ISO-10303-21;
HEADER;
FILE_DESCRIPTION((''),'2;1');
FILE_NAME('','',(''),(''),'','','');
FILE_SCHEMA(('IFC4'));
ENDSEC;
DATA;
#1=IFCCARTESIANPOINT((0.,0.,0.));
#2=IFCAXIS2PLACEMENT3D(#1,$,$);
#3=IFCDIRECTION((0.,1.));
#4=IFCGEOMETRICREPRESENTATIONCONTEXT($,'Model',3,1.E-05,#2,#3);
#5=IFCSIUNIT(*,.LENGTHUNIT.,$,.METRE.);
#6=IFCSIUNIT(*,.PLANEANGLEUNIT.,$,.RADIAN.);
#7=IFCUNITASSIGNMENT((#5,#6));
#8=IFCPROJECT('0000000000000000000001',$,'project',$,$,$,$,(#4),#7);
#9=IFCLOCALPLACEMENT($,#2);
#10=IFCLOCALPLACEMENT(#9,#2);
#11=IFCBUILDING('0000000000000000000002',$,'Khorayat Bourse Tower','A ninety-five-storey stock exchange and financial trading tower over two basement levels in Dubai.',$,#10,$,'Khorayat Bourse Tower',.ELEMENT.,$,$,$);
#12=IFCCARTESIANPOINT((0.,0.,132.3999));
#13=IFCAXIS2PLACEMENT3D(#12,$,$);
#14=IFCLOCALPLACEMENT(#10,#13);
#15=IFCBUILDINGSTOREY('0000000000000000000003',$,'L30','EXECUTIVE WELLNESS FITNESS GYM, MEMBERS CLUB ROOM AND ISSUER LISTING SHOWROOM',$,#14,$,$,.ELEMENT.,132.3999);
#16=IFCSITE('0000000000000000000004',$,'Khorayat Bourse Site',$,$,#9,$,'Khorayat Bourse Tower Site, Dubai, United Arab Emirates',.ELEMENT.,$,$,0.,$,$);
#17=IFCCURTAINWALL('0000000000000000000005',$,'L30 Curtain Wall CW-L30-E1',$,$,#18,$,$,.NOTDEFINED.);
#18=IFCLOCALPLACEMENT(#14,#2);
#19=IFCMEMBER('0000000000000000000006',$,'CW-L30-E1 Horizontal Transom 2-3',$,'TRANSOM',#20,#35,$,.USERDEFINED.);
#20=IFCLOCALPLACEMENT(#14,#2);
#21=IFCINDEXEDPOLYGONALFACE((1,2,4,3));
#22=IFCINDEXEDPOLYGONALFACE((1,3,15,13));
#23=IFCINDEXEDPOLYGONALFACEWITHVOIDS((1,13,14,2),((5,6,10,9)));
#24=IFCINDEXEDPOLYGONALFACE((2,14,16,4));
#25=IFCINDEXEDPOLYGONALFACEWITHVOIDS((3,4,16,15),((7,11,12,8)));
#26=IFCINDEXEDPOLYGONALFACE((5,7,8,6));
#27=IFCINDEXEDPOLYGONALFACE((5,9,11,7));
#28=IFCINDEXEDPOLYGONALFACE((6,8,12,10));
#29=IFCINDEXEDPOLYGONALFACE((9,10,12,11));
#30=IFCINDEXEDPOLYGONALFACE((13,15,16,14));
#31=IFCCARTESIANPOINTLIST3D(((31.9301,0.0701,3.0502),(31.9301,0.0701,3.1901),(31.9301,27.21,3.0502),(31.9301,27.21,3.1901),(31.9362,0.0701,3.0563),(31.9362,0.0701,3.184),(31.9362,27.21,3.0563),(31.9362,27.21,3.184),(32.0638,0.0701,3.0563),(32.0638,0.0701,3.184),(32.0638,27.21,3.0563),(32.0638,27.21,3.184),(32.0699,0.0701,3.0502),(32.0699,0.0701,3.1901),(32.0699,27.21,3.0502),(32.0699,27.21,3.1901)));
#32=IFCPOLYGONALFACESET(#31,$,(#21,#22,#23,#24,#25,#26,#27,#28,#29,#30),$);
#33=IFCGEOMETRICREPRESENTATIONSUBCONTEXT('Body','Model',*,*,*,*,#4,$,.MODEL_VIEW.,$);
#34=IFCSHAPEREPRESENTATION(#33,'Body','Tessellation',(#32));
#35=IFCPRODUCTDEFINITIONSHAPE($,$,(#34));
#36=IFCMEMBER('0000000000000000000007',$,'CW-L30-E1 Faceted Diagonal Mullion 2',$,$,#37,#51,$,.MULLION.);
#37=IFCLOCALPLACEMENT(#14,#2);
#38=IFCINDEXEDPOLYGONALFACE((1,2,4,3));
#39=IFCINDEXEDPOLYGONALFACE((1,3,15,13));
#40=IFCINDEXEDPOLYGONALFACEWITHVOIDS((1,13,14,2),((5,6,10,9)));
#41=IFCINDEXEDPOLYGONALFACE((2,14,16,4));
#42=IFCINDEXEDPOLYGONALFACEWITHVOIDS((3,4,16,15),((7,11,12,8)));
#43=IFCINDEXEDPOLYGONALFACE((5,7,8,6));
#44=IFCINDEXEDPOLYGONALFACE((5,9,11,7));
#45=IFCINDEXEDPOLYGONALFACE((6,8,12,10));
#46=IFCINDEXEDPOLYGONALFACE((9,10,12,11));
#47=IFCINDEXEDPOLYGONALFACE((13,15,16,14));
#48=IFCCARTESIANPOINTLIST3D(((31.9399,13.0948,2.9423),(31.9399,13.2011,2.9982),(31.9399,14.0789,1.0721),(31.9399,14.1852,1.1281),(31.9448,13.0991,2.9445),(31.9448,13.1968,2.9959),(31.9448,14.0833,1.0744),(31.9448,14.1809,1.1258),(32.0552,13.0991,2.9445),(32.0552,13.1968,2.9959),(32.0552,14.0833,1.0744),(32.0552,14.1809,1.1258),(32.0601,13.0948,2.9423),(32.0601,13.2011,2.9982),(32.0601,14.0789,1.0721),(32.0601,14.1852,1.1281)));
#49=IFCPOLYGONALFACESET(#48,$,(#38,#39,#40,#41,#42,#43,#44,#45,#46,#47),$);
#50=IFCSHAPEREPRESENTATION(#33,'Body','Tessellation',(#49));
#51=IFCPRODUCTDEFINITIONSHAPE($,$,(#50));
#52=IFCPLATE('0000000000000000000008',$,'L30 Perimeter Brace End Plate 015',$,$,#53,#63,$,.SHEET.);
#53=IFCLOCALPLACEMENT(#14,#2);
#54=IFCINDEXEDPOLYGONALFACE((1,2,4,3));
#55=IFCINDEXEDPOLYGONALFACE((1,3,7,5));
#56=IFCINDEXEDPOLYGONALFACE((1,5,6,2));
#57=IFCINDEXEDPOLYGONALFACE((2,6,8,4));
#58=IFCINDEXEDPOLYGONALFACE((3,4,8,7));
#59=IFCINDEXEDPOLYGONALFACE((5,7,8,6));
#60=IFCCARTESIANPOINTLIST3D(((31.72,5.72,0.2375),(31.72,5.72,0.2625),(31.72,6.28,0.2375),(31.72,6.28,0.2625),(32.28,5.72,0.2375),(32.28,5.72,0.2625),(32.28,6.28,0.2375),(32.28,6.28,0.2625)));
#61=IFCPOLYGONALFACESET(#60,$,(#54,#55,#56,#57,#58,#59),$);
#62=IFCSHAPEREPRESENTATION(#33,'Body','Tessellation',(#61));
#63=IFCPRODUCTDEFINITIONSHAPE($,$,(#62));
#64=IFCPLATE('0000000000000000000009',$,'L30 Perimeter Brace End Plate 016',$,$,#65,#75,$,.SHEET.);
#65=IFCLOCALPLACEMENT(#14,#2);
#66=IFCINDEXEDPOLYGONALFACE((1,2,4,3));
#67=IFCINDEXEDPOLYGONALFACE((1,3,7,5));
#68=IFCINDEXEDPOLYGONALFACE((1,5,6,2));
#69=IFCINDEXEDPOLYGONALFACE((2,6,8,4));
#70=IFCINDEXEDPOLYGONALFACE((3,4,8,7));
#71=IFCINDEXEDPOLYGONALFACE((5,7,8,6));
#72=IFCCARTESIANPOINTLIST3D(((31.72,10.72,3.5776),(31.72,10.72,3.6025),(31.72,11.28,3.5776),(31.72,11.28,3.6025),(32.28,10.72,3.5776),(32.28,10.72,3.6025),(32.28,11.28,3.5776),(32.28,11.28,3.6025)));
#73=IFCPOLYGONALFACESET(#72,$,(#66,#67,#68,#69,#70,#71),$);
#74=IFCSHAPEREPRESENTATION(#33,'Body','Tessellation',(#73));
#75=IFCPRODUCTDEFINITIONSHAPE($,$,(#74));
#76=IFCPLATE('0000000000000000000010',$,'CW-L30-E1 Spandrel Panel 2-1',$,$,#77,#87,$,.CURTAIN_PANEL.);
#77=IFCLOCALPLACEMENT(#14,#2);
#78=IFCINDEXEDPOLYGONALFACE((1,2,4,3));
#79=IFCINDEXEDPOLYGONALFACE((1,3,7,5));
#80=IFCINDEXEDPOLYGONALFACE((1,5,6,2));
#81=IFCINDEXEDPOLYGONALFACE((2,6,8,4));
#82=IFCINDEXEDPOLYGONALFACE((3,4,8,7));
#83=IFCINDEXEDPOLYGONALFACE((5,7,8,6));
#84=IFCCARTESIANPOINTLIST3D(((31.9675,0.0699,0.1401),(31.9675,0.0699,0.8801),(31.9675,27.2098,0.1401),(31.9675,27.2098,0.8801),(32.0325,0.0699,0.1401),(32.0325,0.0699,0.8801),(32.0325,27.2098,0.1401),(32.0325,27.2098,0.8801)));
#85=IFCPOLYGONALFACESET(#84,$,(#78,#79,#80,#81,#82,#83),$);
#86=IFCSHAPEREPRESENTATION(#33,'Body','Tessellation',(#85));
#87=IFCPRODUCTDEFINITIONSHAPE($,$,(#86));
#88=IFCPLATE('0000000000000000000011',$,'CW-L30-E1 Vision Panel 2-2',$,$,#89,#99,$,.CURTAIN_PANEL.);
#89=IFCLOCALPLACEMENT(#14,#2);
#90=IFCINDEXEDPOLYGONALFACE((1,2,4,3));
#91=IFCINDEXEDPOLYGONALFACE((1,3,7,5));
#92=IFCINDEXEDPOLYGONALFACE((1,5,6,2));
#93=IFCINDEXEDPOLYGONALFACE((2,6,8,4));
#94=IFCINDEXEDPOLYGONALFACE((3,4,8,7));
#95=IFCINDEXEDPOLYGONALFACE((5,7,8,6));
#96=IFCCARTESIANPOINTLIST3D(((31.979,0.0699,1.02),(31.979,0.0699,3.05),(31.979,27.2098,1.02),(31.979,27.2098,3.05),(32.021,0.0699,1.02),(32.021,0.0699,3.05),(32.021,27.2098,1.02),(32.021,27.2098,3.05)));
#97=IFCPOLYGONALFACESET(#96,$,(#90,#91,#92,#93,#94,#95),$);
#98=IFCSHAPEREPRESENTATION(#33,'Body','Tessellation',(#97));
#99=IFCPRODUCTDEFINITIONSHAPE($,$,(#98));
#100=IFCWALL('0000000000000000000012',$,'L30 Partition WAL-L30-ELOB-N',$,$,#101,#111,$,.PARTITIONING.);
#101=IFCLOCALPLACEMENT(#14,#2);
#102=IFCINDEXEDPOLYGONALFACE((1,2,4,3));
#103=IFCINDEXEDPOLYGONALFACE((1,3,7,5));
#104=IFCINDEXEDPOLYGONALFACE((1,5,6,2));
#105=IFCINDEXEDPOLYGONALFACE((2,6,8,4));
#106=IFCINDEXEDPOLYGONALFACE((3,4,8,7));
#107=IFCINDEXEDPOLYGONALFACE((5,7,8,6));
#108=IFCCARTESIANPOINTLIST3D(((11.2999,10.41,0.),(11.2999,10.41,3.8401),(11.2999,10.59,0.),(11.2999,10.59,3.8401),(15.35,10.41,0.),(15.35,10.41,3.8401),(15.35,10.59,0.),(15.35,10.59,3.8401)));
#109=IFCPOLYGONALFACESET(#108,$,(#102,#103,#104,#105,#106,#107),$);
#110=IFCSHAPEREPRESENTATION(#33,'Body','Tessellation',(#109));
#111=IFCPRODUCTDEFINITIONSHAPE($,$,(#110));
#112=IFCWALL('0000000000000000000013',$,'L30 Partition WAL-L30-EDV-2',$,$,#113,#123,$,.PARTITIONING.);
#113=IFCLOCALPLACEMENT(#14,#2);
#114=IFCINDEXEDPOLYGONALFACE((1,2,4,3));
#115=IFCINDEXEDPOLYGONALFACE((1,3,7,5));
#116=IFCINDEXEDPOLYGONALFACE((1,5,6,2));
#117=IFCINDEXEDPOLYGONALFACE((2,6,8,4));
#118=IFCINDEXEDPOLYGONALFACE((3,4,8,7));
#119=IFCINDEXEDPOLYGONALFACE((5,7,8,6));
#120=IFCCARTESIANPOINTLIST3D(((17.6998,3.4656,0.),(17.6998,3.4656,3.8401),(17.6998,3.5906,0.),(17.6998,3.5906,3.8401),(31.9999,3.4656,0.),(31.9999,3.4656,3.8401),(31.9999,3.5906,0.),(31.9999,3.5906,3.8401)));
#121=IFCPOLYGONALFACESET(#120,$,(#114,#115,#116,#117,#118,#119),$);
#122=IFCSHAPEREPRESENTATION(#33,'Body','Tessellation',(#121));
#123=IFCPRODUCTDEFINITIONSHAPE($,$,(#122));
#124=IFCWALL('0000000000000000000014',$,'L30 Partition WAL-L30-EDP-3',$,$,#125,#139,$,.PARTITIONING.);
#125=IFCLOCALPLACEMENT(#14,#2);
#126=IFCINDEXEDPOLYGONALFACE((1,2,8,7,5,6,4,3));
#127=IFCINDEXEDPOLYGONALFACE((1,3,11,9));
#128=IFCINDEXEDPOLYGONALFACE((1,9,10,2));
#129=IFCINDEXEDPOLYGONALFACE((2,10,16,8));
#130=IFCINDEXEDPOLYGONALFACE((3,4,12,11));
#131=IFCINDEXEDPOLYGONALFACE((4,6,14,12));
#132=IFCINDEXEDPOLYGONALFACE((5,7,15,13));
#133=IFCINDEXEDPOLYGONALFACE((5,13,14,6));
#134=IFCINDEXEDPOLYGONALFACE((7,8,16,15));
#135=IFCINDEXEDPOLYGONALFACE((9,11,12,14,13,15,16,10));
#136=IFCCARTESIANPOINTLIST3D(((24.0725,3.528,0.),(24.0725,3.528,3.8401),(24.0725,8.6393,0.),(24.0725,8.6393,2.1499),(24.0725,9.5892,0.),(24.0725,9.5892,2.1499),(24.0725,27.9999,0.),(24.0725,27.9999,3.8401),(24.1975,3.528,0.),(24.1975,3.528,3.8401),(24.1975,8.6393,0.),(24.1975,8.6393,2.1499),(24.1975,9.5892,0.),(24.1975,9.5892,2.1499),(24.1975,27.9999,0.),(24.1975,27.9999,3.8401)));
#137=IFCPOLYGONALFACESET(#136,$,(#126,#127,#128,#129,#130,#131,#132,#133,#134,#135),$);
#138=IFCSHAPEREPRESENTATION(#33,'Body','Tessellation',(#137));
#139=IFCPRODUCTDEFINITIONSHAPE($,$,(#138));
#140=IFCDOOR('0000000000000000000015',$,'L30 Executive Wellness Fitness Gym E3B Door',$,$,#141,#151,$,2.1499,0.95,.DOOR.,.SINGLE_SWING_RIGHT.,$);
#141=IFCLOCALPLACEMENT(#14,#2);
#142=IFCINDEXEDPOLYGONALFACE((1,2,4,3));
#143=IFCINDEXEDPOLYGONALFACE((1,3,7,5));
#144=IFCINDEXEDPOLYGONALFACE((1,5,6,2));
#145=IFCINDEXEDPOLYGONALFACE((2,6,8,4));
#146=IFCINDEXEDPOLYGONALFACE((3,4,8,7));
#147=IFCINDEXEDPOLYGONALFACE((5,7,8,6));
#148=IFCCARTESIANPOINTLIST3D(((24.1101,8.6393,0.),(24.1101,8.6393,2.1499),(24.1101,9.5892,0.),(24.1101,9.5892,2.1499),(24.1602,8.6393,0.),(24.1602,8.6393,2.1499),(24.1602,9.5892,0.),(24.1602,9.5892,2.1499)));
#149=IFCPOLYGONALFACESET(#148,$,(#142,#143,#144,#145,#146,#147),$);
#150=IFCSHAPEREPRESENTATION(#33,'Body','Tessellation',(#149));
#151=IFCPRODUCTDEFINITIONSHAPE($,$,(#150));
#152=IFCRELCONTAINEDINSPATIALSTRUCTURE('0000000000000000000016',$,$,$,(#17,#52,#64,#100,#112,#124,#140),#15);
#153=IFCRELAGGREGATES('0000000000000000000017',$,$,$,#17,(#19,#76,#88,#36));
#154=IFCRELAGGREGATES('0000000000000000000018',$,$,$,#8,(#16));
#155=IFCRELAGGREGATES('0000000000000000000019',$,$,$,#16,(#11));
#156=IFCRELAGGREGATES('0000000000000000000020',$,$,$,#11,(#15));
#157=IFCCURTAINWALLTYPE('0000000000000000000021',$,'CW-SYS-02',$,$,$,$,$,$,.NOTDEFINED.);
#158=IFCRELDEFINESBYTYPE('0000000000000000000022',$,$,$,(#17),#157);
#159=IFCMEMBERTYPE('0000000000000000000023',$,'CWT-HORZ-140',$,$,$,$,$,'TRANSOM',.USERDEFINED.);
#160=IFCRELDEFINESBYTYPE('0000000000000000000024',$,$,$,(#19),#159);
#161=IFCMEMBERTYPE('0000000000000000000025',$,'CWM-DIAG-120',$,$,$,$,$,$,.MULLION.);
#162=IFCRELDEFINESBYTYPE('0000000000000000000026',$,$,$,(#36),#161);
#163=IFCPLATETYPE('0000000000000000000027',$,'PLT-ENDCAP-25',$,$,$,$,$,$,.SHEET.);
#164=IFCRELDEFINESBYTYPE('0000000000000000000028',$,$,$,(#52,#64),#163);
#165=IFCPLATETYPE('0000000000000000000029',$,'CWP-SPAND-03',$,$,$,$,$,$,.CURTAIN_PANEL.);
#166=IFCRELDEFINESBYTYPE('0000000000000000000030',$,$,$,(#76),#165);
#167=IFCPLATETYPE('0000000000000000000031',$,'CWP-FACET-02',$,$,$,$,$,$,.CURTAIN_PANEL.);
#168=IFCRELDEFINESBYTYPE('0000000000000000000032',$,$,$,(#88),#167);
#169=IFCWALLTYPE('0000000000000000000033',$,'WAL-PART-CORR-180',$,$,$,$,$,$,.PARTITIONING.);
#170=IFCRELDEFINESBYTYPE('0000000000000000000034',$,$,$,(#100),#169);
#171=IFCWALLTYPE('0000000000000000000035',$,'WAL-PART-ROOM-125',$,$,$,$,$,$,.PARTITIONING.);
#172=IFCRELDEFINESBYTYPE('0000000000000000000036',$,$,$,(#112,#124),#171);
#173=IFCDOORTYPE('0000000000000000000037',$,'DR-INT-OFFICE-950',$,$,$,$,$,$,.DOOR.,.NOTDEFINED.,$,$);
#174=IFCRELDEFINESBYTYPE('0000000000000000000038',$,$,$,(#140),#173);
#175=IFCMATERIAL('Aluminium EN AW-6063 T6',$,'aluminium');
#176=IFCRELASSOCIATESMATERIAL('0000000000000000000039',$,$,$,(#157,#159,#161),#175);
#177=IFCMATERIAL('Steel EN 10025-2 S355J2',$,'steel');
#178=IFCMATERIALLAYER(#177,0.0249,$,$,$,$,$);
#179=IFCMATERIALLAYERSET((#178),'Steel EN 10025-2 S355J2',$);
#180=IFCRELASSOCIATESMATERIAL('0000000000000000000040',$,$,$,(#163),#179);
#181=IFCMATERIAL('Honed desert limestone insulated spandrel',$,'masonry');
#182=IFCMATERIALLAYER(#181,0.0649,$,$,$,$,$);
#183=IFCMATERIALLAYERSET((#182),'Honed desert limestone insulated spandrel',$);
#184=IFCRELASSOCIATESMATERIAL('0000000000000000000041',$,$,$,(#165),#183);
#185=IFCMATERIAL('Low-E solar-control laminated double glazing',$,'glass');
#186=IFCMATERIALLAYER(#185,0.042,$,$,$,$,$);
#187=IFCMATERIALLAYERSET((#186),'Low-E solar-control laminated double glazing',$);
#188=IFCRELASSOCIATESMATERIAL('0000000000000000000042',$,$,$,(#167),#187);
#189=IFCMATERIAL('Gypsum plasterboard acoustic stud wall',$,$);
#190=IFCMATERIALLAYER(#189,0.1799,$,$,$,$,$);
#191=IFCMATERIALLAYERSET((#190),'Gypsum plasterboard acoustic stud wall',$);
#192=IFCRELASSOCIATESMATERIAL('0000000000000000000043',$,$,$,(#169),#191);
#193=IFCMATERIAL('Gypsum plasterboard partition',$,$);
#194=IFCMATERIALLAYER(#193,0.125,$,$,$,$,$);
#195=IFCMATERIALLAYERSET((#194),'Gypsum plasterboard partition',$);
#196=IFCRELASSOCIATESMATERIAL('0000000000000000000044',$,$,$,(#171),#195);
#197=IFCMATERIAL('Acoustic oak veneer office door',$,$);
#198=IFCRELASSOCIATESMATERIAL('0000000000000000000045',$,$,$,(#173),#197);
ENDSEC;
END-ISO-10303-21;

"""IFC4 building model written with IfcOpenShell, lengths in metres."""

from ifc_helpers import new_model, si_unit, direction, frame, frame_2d, origin, origin_2d, place, context, subcontext, project, spatial, rectangle, hollow_rectangle, extrude, source, transform, mapped, material, layer, layer_set, material_profile, profile_set, type_object, element, fill, aggregate, save


model = new_model("IFC4")

# Units and contexts
model_context = context("Model", 3, precision=1e-05, world=origin(), true_north=direction((0.0, 1.0)))
body_context = subcontext(model_context, "Body", "Model", "MODEL_VIEW")
ifc_project = project(units=[si_unit("LENGTHUNIT", "METRE"), si_unit("PLANEANGLEUNIT", "RADIAN")], contexts=[model_context])

# Site, building, storey
site_placement = place(None, origin())
site = spatial("IfcSite", under=ifc_project, at=site_placement, Name="Khorayat Bourse Site", LongName="Khorayat Bourse Tower Site, Dubai, United Arab Emirates", CompositionType="ELEMENT", RefElevation=0.0)
building_placement = place(site_placement, origin())
building = spatial("IfcBuilding", under=site, at=building_placement, Name="Khorayat Bourse Tower", Description="A ninety-five-storey stock exchange and financial trading tower over two basement levels in Dubai.", LongName="Khorayat Bourse Tower", CompositionType="ELEMENT")
storey_placement = place(building_placement, frame((0.0, 0.0, 132.3999)))
storey = spatial("IfcBuildingStorey", under=building, at=storey_placement, Name="L30", Description="EXECUTIVE WELLNESS FITNESS GYM, MEMBERS CLUB ROOM AND ISSUER LISTING SHOWROOM", CompositionType="ELEMENT", Elevation=132.3999)

# Curtain wall, members
ifc_material_1 = material(Name="Aluminium EN AW-6063 T6", Category="aluminium")
curtain_wall_type = type_object("IfcCurtainWallType", Name="CW-SYS-02", PredefinedType="NOTDEFINED", material=ifc_material_1)
curtain_wall_placement = place(storey_placement, origin())
curtain_wall = element("IfcCurtainWall", 1, at=curtain_wall_placement, inside=storey, type_object=curtain_wall_type, Name="L30 Curtain Wall CW-L30-E1", PredefinedType="NOTDEFINED")
ifc_material_profile_1 = material_profile(ifc_material_1, hollow_rectangle(XDim=0.1399, YDim=0.1399, WallThickness=0.0061, at=origin_2d()), Name="ALU 140x140x6")
ifc_profile_set_1 = profile_set([ifc_material_profile_1], Name="Aluminium EN AW-6063 T6")
member_type_1 = type_object("IfcMemberType", Name="CWT-HORZ-140", ElementType="TRANSOM", PredefinedType="USERDEFINED", material=ifc_profile_set_1)
shared_shape_1 = source(origin(), body_context, "Body", "SweptSolid", [
    extrude(hollow_rectangle(XDim=0.1399, YDim=0.1399, WallThickness=0.0061, at=origin_2d()), origin(), (0.0, 0.0, 1.0), 27.1399),
])
member_1_placement = place(storey_placement, frame((32.0, 0.0701, 3.1201), z_axis=(0.0, 1.0, 0.0), x_axis=(-1.0, 0.0, 0.0)))
member_1 = element("IfcMember", 2, at=member_1_placement, type_object=member_type_1, Name="CW-L30-E1 Horizontal Transom 2-3", ObjectType="TRANSOM", PredefinedType="USERDEFINED", context=body_context, shape_type="MappedRepresentation", body=[
    mapped(shared_shape_1, transform((0.0, 0.0, 0.0), scale=1.0)),
])
ifc_material_profile_2 = material_profile(ifc_material_1, hollow_rectangle(XDim=0.1201, YDim=0.1201, WallThickness=0.0049, at=origin_2d()), Name="ALU 120x120x5")
ifc_profile_set_2 = profile_set([ifc_material_profile_2], Name="Aluminium EN AW-6063 T6")
member_type_2 = type_object("IfcMemberType", Name="CWM-DIAG-120", PredefinedType="MULLION", material=ifc_profile_set_2)
shared_shape_2 = source(origin(), body_context, "Body", "SweptSolid", [
    extrude(hollow_rectangle(XDim=0.1201, YDim=0.1201, WallThickness=0.0049, at=origin_2d()), origin(), (0.0, 0.0, 1.0), 2.1133),
])
member_2_placement = place(storey_placement, frame((32.0, 14.1321, 1.1001), z_axis=(0.0, -0.465694, 0.884946), x_axis=(1.0, 0.0, 0.0)))
member_2 = element("IfcMember", 3, at=member_2_placement, type_object=member_type_2, Name="CW-L30-E1 Faceted Diagonal Mullion 2", PredefinedType="MULLION", context=body_context, shape_type="MappedRepresentation", body=[
    mapped(shared_shape_2, transform((0.0, 0.0, 0.0), scale=1.0)),
])

# Plates
ifc_material_2 = material(Name="Steel EN 10025-2 S355J2", Category="steel")
ifc_layer_1 = layer(ifc_material_2, 0.0249)
ifc_layer_set_1 = layer_set([ifc_layer_1], Name="Steel EN 10025-2 S355J2")
plate_type_1 = type_object("IfcPlateType", Name="PLT-ENDCAP-25", PredefinedType="SHEET", material=ifc_layer_set_1)
shared_shape_3 = source(origin(), body_context, "Body", "SweptSolid", [
    extrude(rectangle(XDim=0.5601, YDim=0.5601, at=origin_2d()), origin(), (0.0, 0.0, 1.0), 0.0249),
])
for number, where, z_axis, x_axis, name in (
    (4, (32.0, 6.0, 0.2375), (0.0, 0.0, 1.0), (1.0, 0.0, 0.0), "L30 Perimeter Brace End Plate 015"),
    (5, (32.0, 11.0, 3.5776), (0.0, 0.0, 1.0), (1.0, 0.0, 0.0), "L30 Perimeter Brace End Plate 016"),
):
    element("IfcPlate", number, at=place(storey_placement, frame(where, z_axis=z_axis, x_axis=x_axis)), inside=storey, type_object=plate_type_1, Name=name, PredefinedType="SHEET", context=body_context, shape_type="MappedRepresentation", body=[
        mapped(shared_shape_3, transform((0.0, 0.0, 0.0), scale=1.0)),
    ])

# Plates
ifc_material_3 = material(Name="Honed desert limestone insulated spandrel", Category="masonry")
ifc_layer_2 = layer(ifc_material_3, 0.0649)
ifc_layer_set_2 = layer_set([ifc_layer_2], Name="Honed desert limestone insulated spandrel")
plate_type_2 = type_object("IfcPlateType", Name="CWP-SPAND-03", PredefinedType="CURTAIN_PANEL", material=ifc_layer_set_2)
shared_shape_4 = source(origin(), body_context, "Body", "SweptSolid", [
    extrude(rectangle(XDim=27.1399, YDim=0.0649, at=origin_2d()), origin(), (0.0, 0.0, 1.0), 0.74),
])
plate_1_placement = place(storey_placement, frame((32.0, 13.6399, 0.1401), z_axis=(0.0, 0.0, 1.0), x_axis=(0.0, 1.0, 0.0)))
plate_1 = element("IfcPlate", 6, at=plate_1_placement, type_object=plate_type_2, Name="CW-L30-E1 Spandrel Panel 2-1", PredefinedType="CURTAIN_PANEL", context=body_context, shape_type="MappedRepresentation", body=[
    mapped(shared_shape_4, transform((0.0, 0.0, 0.0), scale=1.0)),
])
ifc_material_4 = material(Name="Low-E solar-control laminated double glazing", Category="glass")
ifc_layer_3 = layer(ifc_material_4, 0.042)
ifc_layer_set_3 = layer_set([ifc_layer_3], Name="Low-E solar-control laminated double glazing")
plate_type_3 = type_object("IfcPlateType", Name="CWP-FACET-02", PredefinedType="CURTAIN_PANEL", material=ifc_layer_set_3)
shared_shape_5 = source(origin(), body_context, "Body", "SweptSolid", [
    extrude(rectangle(XDim=27.1399, YDim=0.042, at=origin_2d()), origin(), (0.0, 0.0, 1.0), 2.03),
])
plate_2_placement = place(storey_placement, frame((32.0, 13.6399, 1.02), z_axis=(0.0, 0.0, 1.0), x_axis=(0.0, 1.0, 0.0)))
plate_2 = element("IfcPlate", 7, at=plate_2_placement, type_object=plate_type_3, Name="CW-L30-E1 Vision Panel 2-2", PredefinedType="CURTAIN_PANEL", context=body_context, shape_type="MappedRepresentation", body=[
    mapped(shared_shape_5, transform((0.0, 0.0, 0.0), scale=1.0)),
])
aggregate(curtain_wall, [member_1, plate_1, plate_2, member_2])

# Walls
ifc_material_5 = material(Name="Gypsum plasterboard acoustic stud wall")
ifc_layer_4 = layer(ifc_material_5, 0.1799)
ifc_layer_set_4 = layer_set([ifc_layer_4], Name="Gypsum plasterboard acoustic stud wall")
wall_type_1 = type_object("IfcWallType", Name="WAL-PART-CORR-180", PredefinedType="PARTITIONING", material=ifc_layer_set_4)
shared_shape_6 = source(origin(), body_context, "Body", "SweptSolid", [
    extrude(rectangle(XDim=4.05, YDim=0.1799, at=frame_2d((2.0249, 0.0))), origin(), (0.0, 0.0, 1.0), 3.8401),
])
wall_1_placement = place(storey_placement, frame((11.3, 10.5, 0.0), z_axis=(0.0, 0.0, 1.0), x_axis=(1.0, 0.0, 0.0)))
element("IfcWall", 8, at=wall_1_placement, inside=storey, type_object=wall_type_1, Name="L30 Partition WAL-L30-ELOB-N", PredefinedType="PARTITIONING", context=body_context, shape_type="MappedRepresentation", body=[
    mapped(shared_shape_6, transform((0.0, 0.0, 0.0), scale=1.0)),
])
ifc_material_6 = material(Name="Gypsum plasterboard partition")
ifc_layer_5 = layer(ifc_material_6, 0.125)
ifc_layer_set_5 = layer_set([ifc_layer_5], Name="Gypsum plasterboard partition")
wall_type_2 = type_object("IfcWallType", Name="WAL-PART-ROOM-125", PredefinedType="PARTITIONING", material=ifc_layer_set_5)
shared_shape_7 = source(origin(), body_context, "Body", "SweptSolid", [
    extrude(rectangle(XDim=14.3, YDim=0.125, at=frame_2d((7.1499, 0.0))), origin(), (0.0, 0.0, 1.0), 3.8401),
])
wall_2_placement = place(storey_placement, frame((17.7, 3.5281, 0.0), z_axis=(0.0, 0.0, 1.0), x_axis=(1.0, 0.0, 0.0)))
element("IfcWall", 9, at=wall_2_placement, inside=storey, type_object=wall_type_2, Name="L30 Partition WAL-L30-EDV-2", PredefinedType="PARTITIONING", context=body_context, shape_type="MappedRepresentation", body=[
    mapped(shared_shape_7, transform((0.0, 0.0, 0.0), scale=1.0)),
])

# Wall, opening, door
shared_shape_8 = source(origin(), body_context, "Body", "SweptSolid", [
    extrude(rectangle(XDim=24.4719, YDim=0.125, at=frame_2d((12.2358, 0.0))), origin(), (0.0, 0.0, 1.0), 3.8401),
])
wall_3_placement = place(storey_placement, frame((24.135, 3.5281, 0.0), z_axis=(0.0, 0.0, 1.0), x_axis=(0.0, 1.0, 0.0)))
wall_3 = element("IfcWall", 10, at=wall_3_placement, inside=storey, type_object=wall_type_2, Name="L30 Partition WAL-L30-EDP-3", PredefinedType="PARTITIONING", context=body_context, shape_type="MappedRepresentation", body=[
    mapped(shared_shape_8, transform((0.0, 0.0, 0.0), scale=1.0)),
])
shared_shape_9 = source(origin(), body_context, "Body", "SweptSolid", [
    extrude(rectangle(XDim=0.95, YDim=2.1499, at=frame_2d((0.4751, 1.075))), frame((0.0, 0.0725, 0.0), z_axis=(0.0, -1.0, 0.0), x_axis=(1.0, 0.0, 0.0)), (0.0, 0.0, 1.0), 0.145),
])
opening_placement = place(wall_3_placement, frame((5.1111, 0.0, 0.0)))
opening = element("IfcOpeningElement", 11, at=opening_placement, cuts=wall_3, PredefinedType="OPENING", context=body_context, shape_type="MappedRepresentation", body=[
    mapped(shared_shape_9, transform((0.0, 0.0, 0.0), scale=1.0)),
])
ifc_material_7 = material(Name="Acoustic oak veneer office door")
door_type = type_object("IfcDoorType", Name="DR-INT-OFFICE-950", OperationType="NOTDEFINED", PredefinedType="DOOR", material=ifc_material_7)
shared_shape_10 = source(origin(), body_context, "Body", "SweptSolid", [
    extrude(rectangle(XDim=0.95, YDim=2.1499, at=frame_2d((0.4751, 1.075))), frame((0.0, 0.0249, 0.0), z_axis=(0.0, -1.0, 0.0), x_axis=(1.0, 0.0, 0.0)), (0.0, 0.0, 1.0), 0.05),
])
door_placement = place(opening_placement, origin())
door = element("IfcDoor", 12, at=door_placement, inside=storey, type_object=door_type, Name="L30 Executive Wellness Fitness Gym E3B Door", OperationType="SINGLE_SWING_RIGHT", OverallHeight=2.1499, OverallWidth=0.95, PredefinedType="DOOR", context=body_context, shape_type="MappedRepresentation", body=[
    mapped(shared_shape_10, transform((0.0, 0.0, 0.0), scale=1.0)),
])
fill(opening, door)

save(model, "model.ifc")
